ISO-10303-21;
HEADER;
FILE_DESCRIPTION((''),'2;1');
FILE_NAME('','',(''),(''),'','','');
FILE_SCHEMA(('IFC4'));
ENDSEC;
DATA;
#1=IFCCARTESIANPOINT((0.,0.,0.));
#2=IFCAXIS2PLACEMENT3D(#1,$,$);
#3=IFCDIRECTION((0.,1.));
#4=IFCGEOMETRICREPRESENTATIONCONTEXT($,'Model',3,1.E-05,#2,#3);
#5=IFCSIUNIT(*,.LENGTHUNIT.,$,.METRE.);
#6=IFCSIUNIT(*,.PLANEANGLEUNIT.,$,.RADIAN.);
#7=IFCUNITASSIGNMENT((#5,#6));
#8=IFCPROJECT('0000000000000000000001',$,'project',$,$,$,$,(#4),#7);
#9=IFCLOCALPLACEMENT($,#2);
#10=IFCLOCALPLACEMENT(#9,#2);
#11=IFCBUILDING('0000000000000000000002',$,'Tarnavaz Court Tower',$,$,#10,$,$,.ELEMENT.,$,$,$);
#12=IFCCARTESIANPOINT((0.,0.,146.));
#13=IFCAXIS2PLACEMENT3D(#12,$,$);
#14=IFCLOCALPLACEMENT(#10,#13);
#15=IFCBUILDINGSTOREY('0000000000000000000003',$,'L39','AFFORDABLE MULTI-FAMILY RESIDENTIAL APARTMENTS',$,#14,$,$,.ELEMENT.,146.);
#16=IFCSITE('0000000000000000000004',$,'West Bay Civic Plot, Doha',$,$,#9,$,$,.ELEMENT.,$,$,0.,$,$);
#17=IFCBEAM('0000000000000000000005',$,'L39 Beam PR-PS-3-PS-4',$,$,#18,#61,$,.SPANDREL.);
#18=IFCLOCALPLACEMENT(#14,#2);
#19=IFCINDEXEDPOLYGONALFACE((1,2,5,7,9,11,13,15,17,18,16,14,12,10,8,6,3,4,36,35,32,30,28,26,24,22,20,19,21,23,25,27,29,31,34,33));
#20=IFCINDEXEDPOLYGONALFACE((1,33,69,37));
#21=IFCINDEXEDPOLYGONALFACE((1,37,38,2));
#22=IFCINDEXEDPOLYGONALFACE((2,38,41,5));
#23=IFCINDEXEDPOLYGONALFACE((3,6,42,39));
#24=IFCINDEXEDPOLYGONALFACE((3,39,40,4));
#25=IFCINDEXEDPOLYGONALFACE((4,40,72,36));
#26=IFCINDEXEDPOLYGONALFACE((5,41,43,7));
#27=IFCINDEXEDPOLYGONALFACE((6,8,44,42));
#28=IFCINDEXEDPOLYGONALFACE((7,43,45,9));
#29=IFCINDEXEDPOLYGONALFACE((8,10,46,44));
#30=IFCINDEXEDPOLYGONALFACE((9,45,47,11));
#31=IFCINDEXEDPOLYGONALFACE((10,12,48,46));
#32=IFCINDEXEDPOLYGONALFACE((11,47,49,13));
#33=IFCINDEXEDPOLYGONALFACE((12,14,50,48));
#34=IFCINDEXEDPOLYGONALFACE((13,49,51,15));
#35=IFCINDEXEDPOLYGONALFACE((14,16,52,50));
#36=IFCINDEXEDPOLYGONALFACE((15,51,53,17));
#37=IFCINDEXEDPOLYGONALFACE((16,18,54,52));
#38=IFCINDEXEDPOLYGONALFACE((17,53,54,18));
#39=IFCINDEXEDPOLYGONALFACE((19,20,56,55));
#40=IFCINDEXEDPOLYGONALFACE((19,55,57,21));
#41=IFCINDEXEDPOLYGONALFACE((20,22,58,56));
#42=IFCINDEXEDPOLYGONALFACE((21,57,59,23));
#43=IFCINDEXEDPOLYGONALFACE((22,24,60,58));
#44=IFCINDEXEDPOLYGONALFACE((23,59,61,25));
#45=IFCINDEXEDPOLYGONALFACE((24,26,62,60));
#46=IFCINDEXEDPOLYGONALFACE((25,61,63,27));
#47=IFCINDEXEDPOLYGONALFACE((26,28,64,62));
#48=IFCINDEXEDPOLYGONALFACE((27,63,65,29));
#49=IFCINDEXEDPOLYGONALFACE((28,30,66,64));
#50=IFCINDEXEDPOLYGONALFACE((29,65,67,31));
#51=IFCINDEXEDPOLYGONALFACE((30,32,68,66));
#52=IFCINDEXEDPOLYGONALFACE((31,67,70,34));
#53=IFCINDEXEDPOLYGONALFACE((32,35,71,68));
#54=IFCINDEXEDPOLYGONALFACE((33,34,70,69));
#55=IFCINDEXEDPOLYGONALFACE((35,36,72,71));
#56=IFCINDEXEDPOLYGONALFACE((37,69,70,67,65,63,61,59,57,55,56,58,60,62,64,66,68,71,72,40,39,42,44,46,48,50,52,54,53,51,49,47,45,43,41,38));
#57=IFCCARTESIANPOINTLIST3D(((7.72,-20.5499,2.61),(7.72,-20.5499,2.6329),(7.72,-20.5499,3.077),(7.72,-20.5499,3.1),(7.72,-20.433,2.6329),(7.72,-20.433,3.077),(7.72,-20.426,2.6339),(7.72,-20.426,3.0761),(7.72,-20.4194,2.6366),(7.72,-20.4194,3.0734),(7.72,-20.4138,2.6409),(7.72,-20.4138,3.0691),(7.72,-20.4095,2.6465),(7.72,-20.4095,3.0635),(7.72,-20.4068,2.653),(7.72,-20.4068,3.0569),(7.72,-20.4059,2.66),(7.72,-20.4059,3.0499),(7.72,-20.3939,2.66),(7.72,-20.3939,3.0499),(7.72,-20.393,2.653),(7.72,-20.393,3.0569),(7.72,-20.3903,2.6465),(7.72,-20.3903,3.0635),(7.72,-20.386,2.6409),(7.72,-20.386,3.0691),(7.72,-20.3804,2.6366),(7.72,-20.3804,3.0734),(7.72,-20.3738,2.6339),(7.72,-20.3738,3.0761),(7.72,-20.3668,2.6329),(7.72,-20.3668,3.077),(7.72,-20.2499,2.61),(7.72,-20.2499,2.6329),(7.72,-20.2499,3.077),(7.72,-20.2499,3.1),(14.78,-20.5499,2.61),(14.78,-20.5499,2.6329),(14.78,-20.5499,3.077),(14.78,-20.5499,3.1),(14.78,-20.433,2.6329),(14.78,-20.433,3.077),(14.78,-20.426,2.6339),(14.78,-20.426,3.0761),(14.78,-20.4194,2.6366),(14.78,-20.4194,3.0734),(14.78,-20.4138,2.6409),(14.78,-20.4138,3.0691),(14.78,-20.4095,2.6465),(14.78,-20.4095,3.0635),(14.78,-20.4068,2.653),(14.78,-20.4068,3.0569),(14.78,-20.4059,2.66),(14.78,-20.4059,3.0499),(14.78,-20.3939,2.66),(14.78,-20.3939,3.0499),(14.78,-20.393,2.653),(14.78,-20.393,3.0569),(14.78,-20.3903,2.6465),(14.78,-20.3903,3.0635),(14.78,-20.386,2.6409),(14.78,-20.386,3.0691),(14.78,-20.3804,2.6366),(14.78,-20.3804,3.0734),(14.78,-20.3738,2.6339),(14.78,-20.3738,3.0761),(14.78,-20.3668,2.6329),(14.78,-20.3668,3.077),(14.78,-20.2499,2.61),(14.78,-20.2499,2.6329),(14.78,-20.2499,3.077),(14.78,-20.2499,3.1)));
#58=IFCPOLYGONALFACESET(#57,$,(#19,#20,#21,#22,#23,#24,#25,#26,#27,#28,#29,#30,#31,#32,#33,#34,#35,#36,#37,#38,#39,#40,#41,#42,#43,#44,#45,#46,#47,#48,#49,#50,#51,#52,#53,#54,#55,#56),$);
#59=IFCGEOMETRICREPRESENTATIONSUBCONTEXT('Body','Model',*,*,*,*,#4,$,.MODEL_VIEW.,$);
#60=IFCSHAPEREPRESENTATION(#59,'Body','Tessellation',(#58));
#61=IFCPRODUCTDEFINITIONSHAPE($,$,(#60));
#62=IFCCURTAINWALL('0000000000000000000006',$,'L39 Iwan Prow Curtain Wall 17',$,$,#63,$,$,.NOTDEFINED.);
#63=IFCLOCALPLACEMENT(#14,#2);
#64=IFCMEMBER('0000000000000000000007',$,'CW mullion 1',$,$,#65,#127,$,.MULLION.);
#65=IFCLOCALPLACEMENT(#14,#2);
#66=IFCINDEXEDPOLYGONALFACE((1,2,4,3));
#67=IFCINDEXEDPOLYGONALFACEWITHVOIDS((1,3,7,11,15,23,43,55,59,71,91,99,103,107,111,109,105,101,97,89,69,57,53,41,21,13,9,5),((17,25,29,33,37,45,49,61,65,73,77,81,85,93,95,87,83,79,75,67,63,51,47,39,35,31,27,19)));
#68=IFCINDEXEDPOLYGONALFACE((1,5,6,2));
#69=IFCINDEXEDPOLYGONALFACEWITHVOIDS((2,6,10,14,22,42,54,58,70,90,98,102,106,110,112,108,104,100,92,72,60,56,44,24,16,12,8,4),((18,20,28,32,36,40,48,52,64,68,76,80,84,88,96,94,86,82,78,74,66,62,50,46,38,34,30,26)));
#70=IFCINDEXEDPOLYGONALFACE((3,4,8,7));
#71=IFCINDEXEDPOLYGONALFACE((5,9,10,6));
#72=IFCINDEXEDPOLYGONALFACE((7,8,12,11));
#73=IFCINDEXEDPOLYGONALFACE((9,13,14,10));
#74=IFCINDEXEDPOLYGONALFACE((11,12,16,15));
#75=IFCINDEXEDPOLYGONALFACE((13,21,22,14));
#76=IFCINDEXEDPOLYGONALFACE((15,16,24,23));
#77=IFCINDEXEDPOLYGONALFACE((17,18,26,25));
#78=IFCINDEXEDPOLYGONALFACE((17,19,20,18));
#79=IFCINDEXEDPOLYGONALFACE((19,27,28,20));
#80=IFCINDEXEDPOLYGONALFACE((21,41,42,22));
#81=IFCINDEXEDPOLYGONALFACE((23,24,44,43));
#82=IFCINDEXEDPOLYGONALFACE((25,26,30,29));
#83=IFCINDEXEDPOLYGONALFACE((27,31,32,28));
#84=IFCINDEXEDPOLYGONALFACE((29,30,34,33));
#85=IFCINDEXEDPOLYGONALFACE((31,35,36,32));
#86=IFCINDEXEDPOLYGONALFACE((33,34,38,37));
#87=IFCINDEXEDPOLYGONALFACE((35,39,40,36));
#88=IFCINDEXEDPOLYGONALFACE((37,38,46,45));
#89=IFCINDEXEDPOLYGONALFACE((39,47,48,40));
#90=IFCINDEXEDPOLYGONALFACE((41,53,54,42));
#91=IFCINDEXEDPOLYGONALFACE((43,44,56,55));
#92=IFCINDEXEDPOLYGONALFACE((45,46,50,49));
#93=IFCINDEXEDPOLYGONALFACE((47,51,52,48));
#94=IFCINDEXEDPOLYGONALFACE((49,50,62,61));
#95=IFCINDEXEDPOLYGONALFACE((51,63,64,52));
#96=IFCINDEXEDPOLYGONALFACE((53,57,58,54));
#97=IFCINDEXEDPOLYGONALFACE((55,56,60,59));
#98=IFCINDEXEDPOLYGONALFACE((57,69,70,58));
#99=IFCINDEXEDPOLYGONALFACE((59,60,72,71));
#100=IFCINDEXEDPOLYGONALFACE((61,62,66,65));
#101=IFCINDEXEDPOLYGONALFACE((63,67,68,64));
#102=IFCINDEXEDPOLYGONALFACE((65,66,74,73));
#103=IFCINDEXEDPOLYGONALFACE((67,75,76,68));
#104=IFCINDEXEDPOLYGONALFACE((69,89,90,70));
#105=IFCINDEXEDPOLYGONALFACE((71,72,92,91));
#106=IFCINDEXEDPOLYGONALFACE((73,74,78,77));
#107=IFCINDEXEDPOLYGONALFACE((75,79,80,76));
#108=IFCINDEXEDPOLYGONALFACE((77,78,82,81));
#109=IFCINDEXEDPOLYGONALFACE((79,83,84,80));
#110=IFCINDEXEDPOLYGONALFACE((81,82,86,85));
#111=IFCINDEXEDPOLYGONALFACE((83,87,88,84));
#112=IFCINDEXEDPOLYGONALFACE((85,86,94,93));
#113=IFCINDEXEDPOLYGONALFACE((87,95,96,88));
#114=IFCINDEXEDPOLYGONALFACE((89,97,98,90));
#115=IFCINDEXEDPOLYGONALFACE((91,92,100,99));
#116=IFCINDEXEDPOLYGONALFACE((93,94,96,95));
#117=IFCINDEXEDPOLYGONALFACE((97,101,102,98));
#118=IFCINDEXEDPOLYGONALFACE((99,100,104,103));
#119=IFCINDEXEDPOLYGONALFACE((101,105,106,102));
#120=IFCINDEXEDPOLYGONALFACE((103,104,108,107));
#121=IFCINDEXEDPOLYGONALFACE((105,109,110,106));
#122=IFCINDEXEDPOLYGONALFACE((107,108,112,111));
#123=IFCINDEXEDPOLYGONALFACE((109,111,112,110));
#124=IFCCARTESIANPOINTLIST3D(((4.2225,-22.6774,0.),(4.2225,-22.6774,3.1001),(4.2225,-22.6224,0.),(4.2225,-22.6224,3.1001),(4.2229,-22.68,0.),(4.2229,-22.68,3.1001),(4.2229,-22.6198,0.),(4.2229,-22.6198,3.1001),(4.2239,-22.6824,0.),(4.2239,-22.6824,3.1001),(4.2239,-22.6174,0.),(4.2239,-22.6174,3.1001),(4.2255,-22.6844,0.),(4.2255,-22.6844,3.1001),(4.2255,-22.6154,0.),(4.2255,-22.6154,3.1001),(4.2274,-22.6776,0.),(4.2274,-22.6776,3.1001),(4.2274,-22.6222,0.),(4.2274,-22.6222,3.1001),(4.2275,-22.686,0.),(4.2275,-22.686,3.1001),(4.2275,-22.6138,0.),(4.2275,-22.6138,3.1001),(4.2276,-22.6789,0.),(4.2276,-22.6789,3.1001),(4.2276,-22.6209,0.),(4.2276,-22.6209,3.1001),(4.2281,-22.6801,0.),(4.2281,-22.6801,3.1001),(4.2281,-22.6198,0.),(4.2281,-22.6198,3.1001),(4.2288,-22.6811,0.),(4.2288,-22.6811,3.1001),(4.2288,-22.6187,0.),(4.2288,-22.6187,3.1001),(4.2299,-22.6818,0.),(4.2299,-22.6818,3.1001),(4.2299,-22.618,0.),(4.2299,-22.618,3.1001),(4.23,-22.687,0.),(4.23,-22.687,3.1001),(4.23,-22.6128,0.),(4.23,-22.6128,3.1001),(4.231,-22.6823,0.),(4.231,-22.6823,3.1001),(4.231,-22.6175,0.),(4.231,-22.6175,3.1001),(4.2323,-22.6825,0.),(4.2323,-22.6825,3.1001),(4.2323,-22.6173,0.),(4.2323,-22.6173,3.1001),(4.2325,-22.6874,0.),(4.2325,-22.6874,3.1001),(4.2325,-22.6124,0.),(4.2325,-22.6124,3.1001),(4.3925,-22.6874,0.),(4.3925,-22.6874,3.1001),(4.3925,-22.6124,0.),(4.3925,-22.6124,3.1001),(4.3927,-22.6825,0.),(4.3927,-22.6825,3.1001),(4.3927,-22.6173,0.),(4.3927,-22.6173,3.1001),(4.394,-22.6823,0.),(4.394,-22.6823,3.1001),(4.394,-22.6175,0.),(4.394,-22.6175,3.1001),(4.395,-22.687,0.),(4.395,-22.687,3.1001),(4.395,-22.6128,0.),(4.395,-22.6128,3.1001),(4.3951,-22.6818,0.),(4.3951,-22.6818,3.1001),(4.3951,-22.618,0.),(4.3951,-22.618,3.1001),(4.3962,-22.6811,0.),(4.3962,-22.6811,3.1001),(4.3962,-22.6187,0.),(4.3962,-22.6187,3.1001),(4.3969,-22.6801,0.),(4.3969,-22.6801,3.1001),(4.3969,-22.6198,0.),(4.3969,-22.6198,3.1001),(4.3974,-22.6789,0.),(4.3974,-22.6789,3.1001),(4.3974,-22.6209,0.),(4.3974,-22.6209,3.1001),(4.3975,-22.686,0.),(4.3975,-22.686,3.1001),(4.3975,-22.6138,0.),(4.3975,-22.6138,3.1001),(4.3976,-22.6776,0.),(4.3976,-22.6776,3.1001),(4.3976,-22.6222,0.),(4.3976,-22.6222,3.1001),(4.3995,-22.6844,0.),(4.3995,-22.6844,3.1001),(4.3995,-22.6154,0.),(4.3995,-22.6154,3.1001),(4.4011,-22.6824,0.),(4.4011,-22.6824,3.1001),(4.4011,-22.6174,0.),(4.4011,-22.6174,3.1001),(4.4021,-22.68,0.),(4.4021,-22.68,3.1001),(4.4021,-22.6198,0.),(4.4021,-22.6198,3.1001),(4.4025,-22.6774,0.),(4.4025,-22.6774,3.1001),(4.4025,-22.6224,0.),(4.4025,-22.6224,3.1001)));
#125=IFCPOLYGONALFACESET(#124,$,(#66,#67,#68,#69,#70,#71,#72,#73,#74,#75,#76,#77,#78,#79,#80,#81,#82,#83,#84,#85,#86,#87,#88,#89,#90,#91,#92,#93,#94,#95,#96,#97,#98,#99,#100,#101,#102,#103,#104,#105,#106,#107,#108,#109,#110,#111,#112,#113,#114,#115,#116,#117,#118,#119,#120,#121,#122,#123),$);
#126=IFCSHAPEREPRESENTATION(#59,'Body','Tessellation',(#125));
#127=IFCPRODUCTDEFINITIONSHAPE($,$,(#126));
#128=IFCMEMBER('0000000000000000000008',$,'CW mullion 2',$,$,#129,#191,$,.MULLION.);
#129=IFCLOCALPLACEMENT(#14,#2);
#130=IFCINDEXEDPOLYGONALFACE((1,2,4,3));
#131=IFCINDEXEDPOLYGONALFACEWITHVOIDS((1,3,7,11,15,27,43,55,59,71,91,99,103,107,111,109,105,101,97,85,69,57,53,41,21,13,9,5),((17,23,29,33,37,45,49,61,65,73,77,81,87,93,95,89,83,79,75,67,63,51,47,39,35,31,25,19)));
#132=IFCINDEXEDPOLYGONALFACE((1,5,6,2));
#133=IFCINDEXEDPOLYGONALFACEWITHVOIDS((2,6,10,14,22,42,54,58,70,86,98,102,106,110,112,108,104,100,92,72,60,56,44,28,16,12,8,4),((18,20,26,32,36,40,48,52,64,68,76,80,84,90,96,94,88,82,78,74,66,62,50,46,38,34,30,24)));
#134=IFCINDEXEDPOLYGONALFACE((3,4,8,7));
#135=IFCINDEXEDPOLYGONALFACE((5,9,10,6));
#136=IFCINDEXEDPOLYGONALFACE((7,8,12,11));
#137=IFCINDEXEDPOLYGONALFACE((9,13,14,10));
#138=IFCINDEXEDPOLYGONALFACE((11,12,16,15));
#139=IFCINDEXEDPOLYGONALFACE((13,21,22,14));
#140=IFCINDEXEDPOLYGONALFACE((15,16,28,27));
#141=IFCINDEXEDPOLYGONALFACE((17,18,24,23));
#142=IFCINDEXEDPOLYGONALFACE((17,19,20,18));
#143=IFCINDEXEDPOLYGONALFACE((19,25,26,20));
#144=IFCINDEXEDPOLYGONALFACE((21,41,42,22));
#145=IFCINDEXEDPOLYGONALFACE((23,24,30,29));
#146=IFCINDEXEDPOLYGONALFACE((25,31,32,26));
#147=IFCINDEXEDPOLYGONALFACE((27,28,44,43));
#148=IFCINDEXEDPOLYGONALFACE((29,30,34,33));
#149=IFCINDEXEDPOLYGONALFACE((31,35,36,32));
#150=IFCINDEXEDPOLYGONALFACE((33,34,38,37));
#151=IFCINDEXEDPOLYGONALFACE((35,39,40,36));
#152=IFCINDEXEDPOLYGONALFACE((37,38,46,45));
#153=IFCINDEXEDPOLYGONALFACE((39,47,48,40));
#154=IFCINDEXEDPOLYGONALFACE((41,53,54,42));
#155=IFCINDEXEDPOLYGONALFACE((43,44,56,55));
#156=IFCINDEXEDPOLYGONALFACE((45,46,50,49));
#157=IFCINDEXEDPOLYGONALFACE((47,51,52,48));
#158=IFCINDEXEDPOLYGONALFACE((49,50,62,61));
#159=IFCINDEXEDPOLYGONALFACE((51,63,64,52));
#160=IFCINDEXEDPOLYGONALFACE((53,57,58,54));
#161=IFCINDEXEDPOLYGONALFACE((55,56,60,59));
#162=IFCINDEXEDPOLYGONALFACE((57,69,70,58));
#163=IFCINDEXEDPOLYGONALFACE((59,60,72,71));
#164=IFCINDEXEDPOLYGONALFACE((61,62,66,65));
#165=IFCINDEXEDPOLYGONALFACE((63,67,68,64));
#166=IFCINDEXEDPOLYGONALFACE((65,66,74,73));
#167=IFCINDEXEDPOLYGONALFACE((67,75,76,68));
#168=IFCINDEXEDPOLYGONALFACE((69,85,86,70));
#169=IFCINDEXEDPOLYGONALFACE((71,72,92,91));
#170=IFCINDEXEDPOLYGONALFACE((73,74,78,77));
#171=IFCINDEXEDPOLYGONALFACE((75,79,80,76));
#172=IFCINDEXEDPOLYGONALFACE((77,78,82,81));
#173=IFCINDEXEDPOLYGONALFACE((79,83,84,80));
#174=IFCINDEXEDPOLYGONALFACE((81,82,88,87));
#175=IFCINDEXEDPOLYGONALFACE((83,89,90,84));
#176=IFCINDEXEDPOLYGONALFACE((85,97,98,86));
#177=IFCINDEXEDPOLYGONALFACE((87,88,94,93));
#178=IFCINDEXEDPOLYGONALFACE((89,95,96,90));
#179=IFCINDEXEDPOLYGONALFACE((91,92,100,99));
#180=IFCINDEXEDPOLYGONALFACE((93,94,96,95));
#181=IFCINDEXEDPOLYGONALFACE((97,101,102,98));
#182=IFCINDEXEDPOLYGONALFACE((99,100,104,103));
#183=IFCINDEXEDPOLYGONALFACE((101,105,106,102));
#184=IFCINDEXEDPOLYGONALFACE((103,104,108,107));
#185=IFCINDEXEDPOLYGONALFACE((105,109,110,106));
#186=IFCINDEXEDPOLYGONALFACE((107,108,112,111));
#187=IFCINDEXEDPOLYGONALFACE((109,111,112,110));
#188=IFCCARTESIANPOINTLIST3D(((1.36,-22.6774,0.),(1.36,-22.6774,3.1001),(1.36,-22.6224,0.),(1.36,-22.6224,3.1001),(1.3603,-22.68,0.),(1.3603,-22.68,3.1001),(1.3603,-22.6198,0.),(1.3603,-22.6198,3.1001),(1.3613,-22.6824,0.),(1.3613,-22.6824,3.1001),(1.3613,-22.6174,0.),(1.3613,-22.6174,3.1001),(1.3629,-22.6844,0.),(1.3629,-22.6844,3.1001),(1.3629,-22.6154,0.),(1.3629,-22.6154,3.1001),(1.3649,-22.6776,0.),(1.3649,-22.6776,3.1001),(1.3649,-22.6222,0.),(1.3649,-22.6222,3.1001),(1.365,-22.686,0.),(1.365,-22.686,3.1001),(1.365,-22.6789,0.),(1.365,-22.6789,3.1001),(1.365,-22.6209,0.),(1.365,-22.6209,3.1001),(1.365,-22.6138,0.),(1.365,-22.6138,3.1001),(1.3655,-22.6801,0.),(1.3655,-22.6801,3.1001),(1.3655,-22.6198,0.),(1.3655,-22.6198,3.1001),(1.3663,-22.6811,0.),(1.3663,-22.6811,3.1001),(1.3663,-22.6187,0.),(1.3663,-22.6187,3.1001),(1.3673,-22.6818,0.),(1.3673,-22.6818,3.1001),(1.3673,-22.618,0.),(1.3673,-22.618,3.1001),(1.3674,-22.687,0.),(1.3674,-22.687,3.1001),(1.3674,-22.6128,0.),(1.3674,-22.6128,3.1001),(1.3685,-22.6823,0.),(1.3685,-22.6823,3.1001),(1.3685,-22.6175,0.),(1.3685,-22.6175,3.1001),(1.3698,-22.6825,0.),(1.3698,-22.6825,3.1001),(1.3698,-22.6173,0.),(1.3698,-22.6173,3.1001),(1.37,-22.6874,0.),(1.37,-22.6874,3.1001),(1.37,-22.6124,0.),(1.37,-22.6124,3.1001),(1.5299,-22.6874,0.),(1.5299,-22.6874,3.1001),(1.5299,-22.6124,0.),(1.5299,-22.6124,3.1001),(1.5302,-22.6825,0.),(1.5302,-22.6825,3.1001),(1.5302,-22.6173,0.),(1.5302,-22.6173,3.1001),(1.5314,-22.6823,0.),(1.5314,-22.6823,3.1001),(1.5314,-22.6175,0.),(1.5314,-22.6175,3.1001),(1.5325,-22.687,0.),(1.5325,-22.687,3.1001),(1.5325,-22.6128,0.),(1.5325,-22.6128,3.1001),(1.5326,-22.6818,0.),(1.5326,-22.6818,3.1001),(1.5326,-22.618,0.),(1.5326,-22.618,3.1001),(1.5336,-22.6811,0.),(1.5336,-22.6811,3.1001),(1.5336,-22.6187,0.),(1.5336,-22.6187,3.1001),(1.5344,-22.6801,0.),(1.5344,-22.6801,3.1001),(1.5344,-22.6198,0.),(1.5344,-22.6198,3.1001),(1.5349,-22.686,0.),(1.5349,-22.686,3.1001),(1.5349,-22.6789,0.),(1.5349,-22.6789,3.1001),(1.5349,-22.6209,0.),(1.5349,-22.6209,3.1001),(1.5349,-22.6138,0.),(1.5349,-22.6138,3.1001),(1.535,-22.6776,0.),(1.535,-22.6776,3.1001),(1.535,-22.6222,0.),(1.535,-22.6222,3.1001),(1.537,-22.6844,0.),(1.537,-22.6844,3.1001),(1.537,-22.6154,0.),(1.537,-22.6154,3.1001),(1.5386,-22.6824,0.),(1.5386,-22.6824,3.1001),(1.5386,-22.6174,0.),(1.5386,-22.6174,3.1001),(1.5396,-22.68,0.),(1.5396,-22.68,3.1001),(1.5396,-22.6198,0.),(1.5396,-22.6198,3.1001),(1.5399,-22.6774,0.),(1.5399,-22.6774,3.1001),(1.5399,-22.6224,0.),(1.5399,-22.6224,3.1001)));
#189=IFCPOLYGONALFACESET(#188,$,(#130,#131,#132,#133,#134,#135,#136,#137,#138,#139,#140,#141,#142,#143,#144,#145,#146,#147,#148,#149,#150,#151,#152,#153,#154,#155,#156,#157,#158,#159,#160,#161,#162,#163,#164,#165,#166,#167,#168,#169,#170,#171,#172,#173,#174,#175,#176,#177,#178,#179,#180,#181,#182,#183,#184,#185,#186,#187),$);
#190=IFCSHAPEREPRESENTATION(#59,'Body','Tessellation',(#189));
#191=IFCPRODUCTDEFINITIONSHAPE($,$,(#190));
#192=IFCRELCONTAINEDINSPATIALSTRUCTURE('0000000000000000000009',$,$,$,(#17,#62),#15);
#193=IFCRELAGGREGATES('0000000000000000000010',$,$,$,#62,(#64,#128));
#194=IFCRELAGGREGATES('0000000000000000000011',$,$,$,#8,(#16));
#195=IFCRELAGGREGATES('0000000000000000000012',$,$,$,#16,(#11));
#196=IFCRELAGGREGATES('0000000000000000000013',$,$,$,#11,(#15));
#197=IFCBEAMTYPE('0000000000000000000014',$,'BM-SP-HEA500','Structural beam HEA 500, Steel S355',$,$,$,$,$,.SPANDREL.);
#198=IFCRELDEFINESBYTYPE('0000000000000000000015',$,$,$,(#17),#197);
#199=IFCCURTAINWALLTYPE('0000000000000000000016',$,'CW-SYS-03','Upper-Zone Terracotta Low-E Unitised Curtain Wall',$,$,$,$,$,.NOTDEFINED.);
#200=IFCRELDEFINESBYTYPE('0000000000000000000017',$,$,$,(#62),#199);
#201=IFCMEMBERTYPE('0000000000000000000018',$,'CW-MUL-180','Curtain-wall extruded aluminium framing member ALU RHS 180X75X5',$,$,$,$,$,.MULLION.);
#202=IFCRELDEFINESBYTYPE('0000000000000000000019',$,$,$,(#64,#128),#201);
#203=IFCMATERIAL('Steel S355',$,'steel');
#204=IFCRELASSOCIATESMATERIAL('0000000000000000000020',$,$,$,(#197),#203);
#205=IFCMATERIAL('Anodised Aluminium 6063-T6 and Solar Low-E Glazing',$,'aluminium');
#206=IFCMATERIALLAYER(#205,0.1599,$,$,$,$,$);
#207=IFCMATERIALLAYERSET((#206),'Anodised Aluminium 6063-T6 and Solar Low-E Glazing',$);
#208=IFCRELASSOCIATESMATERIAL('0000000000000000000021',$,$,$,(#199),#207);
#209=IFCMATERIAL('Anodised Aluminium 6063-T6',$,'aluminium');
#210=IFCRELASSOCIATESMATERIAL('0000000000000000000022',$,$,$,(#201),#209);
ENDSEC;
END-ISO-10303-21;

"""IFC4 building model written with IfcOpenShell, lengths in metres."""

from ifc_helpers import new_model, si_unit, direction, frame, origin, origin_2d, place, context, subcontext, project, spatial, hollow_rectangle, i_section, extrude, material, layer, layer_set, material_profile, profile_set, type_object, element, aggregate, save


model = new_model("IFC4")

# Units and contexts
model_context = context("Model", 3, precision=1e-05, world=origin(), true_north=direction((0.0, 1.0)))
body_context = subcontext(model_context, "Body", "Model", "MODEL_VIEW")
ifc_project = project(units=[si_unit("LENGTHUNIT", "METRE"), si_unit("PLANEANGLEUNIT", "RADIAN")], contexts=[model_context])

# Site, building, storey
site_placement = place(None, origin())
site = spatial("IfcSite", under=ifc_project, at=site_placement, Name="West Bay Civic Plot, Doha", CompositionType="ELEMENT", RefElevation=0.0)
building_placement = place(site_placement, origin())
building = spatial("IfcBuilding", under=site, at=building_placement, Name="Tarnavaz Court Tower", CompositionType="ELEMENT")
storey_placement = place(building_placement, frame((0.0, 0.0, 146.0)))
storey = spatial("IfcBuildingStorey", under=building, at=storey_placement, Name="L39", Description="AFFORDABLE MULTI-FAMILY RESIDENTIAL APARTMENTS", CompositionType="ELEMENT", Elevation=146.0)

# Beam
ifc_material_1 = material(Name="Steel S355", Category="steel")
ifc_material_profile_1 = material_profile(ifc_material_1, i_section(OverallWidth=0.3, OverallDepth=0.49, WebThickness=0.012, FlangeThickness=0.0229, FilletRadius=0.0271, at=origin_2d()), Name="HEA 500")
ifc_profile_set_1 = profile_set([ifc_material_profile_1], Name="Steel S355")
beam_type_1 = type_object("IfcBeamType", Name="BM-SP-HEA500", Description="Structural beam HEA 500, Steel S355", PredefinedType="SPANDREL", material=ifc_profile_set_1)
beam_placement = place(storey_placement, frame((7.72, -20.3999, 2.855), z_axis=(1.0, 0.0, 0.0), x_axis=(0.0, 1.0, 0.0)))
element("IfcBeam", 1, at=beam_placement, inside=storey, type_object=beam_type_1, Name="L39 Beam PR-PS-3-PS-4", PredefinedType="SPANDREL", context=body_context, shape_type="SweptSolid", body=[
    extrude(i_section(OverallWidth=0.3, OverallDepth=0.49, WebThickness=0.012, FlangeThickness=0.0229, FilletRadius=0.0271, at=origin_2d()), origin(), (0.0, 0.0, 1.0), 7.0601),
])

# Curtain wall, members
ifc_material_2 = material(Name="Anodised Aluminium 6063-T6 and Solar Low-E Glazing", Category="aluminium")
ifc_layer_1 = layer(ifc_material_2, 0.1599)
ifc_layer_set_1 = layer_set([ifc_layer_1], Name="Anodised Aluminium 6063-T6 and Solar Low-E Glazing")
curtain_wall_type = type_object("IfcCurtainWallType", Name="CW-SYS-03", Description="Upper-Zone Terracotta Low-E Unitised Curtain Wall", PredefinedType="NOTDEFINED", material=ifc_layer_set_1)
curtain_wall_placement = place(storey_placement, origin())
curtain_wall = element("IfcCurtainWall", 2, at=curtain_wall_placement, inside=storey, type_object=curtain_wall_type, Name="L39 Iwan Prow Curtain Wall 17", PredefinedType="NOTDEFINED")
ifc_material_3 = material(Name="Anodised Aluminium 6063-T6", Category="aluminium")
ifc_material_profile_2 = material_profile(ifc_material_3, hollow_rectangle(XDim=0.075, YDim=0.1799, WallThickness=0.0049, InnerFilletRadius=0.0049, OuterFilletRadius=0.01, at=origin_2d()), Name="ALU RHS 180X75X5")
ifc_profile_set_2 = profile_set([ifc_material_profile_2], Name="Anodised Aluminium 6063-T6")
member_type_1 = type_object("IfcMemberType", Name="CW-MUL-180", Description="Curtain-wall extruded aluminium framing member ALU RHS 180X75X5", PredefinedType="MULLION", material=ifc_profile_set_2)
member_1_placement = place(storey_placement, frame((4.3125, -22.6499, 0.0), z_axis=(0.0, 0.0, 1.0), x_axis=(0.0, -1.0, 0.0)))
member_1 = element("IfcMember", 3, at=member_1_placement, type_object=member_type_1, Name="CW mullion 1", PredefinedType="MULLION", context=body_context, shape_type="SweptSolid", body=[
    extrude(hollow_rectangle(XDim=0.075, YDim=0.1799, WallThickness=0.0049, InnerFilletRadius=0.0049, OuterFilletRadius=0.01, at=origin_2d()), origin(), (0.0, 0.0, 1.0), 3.1001),
])
member_2_placement = place(storey_placement, frame((1.45, -22.6499, 0.0), z_axis=(0.0, 0.0, 1.0), x_axis=(0.0, -1.0, 0.0)))
member_2 = element("IfcMember", 4, at=member_2_placement, type_object=member_type_1, Name="CW mullion 2", PredefinedType="MULLION", context=body_context, shape_type="SweptSolid", body=[
    extrude(hollow_rectangle(XDim=0.075, YDim=0.1799, WallThickness=0.0049, InnerFilletRadius=0.0049, OuterFilletRadius=0.01, at=origin_2d()), origin(), (0.0, 0.0, 1.0), 3.1001),
])
aggregate(curtain_wall, [member_1, member_2])

save(model, "model.ifc")
